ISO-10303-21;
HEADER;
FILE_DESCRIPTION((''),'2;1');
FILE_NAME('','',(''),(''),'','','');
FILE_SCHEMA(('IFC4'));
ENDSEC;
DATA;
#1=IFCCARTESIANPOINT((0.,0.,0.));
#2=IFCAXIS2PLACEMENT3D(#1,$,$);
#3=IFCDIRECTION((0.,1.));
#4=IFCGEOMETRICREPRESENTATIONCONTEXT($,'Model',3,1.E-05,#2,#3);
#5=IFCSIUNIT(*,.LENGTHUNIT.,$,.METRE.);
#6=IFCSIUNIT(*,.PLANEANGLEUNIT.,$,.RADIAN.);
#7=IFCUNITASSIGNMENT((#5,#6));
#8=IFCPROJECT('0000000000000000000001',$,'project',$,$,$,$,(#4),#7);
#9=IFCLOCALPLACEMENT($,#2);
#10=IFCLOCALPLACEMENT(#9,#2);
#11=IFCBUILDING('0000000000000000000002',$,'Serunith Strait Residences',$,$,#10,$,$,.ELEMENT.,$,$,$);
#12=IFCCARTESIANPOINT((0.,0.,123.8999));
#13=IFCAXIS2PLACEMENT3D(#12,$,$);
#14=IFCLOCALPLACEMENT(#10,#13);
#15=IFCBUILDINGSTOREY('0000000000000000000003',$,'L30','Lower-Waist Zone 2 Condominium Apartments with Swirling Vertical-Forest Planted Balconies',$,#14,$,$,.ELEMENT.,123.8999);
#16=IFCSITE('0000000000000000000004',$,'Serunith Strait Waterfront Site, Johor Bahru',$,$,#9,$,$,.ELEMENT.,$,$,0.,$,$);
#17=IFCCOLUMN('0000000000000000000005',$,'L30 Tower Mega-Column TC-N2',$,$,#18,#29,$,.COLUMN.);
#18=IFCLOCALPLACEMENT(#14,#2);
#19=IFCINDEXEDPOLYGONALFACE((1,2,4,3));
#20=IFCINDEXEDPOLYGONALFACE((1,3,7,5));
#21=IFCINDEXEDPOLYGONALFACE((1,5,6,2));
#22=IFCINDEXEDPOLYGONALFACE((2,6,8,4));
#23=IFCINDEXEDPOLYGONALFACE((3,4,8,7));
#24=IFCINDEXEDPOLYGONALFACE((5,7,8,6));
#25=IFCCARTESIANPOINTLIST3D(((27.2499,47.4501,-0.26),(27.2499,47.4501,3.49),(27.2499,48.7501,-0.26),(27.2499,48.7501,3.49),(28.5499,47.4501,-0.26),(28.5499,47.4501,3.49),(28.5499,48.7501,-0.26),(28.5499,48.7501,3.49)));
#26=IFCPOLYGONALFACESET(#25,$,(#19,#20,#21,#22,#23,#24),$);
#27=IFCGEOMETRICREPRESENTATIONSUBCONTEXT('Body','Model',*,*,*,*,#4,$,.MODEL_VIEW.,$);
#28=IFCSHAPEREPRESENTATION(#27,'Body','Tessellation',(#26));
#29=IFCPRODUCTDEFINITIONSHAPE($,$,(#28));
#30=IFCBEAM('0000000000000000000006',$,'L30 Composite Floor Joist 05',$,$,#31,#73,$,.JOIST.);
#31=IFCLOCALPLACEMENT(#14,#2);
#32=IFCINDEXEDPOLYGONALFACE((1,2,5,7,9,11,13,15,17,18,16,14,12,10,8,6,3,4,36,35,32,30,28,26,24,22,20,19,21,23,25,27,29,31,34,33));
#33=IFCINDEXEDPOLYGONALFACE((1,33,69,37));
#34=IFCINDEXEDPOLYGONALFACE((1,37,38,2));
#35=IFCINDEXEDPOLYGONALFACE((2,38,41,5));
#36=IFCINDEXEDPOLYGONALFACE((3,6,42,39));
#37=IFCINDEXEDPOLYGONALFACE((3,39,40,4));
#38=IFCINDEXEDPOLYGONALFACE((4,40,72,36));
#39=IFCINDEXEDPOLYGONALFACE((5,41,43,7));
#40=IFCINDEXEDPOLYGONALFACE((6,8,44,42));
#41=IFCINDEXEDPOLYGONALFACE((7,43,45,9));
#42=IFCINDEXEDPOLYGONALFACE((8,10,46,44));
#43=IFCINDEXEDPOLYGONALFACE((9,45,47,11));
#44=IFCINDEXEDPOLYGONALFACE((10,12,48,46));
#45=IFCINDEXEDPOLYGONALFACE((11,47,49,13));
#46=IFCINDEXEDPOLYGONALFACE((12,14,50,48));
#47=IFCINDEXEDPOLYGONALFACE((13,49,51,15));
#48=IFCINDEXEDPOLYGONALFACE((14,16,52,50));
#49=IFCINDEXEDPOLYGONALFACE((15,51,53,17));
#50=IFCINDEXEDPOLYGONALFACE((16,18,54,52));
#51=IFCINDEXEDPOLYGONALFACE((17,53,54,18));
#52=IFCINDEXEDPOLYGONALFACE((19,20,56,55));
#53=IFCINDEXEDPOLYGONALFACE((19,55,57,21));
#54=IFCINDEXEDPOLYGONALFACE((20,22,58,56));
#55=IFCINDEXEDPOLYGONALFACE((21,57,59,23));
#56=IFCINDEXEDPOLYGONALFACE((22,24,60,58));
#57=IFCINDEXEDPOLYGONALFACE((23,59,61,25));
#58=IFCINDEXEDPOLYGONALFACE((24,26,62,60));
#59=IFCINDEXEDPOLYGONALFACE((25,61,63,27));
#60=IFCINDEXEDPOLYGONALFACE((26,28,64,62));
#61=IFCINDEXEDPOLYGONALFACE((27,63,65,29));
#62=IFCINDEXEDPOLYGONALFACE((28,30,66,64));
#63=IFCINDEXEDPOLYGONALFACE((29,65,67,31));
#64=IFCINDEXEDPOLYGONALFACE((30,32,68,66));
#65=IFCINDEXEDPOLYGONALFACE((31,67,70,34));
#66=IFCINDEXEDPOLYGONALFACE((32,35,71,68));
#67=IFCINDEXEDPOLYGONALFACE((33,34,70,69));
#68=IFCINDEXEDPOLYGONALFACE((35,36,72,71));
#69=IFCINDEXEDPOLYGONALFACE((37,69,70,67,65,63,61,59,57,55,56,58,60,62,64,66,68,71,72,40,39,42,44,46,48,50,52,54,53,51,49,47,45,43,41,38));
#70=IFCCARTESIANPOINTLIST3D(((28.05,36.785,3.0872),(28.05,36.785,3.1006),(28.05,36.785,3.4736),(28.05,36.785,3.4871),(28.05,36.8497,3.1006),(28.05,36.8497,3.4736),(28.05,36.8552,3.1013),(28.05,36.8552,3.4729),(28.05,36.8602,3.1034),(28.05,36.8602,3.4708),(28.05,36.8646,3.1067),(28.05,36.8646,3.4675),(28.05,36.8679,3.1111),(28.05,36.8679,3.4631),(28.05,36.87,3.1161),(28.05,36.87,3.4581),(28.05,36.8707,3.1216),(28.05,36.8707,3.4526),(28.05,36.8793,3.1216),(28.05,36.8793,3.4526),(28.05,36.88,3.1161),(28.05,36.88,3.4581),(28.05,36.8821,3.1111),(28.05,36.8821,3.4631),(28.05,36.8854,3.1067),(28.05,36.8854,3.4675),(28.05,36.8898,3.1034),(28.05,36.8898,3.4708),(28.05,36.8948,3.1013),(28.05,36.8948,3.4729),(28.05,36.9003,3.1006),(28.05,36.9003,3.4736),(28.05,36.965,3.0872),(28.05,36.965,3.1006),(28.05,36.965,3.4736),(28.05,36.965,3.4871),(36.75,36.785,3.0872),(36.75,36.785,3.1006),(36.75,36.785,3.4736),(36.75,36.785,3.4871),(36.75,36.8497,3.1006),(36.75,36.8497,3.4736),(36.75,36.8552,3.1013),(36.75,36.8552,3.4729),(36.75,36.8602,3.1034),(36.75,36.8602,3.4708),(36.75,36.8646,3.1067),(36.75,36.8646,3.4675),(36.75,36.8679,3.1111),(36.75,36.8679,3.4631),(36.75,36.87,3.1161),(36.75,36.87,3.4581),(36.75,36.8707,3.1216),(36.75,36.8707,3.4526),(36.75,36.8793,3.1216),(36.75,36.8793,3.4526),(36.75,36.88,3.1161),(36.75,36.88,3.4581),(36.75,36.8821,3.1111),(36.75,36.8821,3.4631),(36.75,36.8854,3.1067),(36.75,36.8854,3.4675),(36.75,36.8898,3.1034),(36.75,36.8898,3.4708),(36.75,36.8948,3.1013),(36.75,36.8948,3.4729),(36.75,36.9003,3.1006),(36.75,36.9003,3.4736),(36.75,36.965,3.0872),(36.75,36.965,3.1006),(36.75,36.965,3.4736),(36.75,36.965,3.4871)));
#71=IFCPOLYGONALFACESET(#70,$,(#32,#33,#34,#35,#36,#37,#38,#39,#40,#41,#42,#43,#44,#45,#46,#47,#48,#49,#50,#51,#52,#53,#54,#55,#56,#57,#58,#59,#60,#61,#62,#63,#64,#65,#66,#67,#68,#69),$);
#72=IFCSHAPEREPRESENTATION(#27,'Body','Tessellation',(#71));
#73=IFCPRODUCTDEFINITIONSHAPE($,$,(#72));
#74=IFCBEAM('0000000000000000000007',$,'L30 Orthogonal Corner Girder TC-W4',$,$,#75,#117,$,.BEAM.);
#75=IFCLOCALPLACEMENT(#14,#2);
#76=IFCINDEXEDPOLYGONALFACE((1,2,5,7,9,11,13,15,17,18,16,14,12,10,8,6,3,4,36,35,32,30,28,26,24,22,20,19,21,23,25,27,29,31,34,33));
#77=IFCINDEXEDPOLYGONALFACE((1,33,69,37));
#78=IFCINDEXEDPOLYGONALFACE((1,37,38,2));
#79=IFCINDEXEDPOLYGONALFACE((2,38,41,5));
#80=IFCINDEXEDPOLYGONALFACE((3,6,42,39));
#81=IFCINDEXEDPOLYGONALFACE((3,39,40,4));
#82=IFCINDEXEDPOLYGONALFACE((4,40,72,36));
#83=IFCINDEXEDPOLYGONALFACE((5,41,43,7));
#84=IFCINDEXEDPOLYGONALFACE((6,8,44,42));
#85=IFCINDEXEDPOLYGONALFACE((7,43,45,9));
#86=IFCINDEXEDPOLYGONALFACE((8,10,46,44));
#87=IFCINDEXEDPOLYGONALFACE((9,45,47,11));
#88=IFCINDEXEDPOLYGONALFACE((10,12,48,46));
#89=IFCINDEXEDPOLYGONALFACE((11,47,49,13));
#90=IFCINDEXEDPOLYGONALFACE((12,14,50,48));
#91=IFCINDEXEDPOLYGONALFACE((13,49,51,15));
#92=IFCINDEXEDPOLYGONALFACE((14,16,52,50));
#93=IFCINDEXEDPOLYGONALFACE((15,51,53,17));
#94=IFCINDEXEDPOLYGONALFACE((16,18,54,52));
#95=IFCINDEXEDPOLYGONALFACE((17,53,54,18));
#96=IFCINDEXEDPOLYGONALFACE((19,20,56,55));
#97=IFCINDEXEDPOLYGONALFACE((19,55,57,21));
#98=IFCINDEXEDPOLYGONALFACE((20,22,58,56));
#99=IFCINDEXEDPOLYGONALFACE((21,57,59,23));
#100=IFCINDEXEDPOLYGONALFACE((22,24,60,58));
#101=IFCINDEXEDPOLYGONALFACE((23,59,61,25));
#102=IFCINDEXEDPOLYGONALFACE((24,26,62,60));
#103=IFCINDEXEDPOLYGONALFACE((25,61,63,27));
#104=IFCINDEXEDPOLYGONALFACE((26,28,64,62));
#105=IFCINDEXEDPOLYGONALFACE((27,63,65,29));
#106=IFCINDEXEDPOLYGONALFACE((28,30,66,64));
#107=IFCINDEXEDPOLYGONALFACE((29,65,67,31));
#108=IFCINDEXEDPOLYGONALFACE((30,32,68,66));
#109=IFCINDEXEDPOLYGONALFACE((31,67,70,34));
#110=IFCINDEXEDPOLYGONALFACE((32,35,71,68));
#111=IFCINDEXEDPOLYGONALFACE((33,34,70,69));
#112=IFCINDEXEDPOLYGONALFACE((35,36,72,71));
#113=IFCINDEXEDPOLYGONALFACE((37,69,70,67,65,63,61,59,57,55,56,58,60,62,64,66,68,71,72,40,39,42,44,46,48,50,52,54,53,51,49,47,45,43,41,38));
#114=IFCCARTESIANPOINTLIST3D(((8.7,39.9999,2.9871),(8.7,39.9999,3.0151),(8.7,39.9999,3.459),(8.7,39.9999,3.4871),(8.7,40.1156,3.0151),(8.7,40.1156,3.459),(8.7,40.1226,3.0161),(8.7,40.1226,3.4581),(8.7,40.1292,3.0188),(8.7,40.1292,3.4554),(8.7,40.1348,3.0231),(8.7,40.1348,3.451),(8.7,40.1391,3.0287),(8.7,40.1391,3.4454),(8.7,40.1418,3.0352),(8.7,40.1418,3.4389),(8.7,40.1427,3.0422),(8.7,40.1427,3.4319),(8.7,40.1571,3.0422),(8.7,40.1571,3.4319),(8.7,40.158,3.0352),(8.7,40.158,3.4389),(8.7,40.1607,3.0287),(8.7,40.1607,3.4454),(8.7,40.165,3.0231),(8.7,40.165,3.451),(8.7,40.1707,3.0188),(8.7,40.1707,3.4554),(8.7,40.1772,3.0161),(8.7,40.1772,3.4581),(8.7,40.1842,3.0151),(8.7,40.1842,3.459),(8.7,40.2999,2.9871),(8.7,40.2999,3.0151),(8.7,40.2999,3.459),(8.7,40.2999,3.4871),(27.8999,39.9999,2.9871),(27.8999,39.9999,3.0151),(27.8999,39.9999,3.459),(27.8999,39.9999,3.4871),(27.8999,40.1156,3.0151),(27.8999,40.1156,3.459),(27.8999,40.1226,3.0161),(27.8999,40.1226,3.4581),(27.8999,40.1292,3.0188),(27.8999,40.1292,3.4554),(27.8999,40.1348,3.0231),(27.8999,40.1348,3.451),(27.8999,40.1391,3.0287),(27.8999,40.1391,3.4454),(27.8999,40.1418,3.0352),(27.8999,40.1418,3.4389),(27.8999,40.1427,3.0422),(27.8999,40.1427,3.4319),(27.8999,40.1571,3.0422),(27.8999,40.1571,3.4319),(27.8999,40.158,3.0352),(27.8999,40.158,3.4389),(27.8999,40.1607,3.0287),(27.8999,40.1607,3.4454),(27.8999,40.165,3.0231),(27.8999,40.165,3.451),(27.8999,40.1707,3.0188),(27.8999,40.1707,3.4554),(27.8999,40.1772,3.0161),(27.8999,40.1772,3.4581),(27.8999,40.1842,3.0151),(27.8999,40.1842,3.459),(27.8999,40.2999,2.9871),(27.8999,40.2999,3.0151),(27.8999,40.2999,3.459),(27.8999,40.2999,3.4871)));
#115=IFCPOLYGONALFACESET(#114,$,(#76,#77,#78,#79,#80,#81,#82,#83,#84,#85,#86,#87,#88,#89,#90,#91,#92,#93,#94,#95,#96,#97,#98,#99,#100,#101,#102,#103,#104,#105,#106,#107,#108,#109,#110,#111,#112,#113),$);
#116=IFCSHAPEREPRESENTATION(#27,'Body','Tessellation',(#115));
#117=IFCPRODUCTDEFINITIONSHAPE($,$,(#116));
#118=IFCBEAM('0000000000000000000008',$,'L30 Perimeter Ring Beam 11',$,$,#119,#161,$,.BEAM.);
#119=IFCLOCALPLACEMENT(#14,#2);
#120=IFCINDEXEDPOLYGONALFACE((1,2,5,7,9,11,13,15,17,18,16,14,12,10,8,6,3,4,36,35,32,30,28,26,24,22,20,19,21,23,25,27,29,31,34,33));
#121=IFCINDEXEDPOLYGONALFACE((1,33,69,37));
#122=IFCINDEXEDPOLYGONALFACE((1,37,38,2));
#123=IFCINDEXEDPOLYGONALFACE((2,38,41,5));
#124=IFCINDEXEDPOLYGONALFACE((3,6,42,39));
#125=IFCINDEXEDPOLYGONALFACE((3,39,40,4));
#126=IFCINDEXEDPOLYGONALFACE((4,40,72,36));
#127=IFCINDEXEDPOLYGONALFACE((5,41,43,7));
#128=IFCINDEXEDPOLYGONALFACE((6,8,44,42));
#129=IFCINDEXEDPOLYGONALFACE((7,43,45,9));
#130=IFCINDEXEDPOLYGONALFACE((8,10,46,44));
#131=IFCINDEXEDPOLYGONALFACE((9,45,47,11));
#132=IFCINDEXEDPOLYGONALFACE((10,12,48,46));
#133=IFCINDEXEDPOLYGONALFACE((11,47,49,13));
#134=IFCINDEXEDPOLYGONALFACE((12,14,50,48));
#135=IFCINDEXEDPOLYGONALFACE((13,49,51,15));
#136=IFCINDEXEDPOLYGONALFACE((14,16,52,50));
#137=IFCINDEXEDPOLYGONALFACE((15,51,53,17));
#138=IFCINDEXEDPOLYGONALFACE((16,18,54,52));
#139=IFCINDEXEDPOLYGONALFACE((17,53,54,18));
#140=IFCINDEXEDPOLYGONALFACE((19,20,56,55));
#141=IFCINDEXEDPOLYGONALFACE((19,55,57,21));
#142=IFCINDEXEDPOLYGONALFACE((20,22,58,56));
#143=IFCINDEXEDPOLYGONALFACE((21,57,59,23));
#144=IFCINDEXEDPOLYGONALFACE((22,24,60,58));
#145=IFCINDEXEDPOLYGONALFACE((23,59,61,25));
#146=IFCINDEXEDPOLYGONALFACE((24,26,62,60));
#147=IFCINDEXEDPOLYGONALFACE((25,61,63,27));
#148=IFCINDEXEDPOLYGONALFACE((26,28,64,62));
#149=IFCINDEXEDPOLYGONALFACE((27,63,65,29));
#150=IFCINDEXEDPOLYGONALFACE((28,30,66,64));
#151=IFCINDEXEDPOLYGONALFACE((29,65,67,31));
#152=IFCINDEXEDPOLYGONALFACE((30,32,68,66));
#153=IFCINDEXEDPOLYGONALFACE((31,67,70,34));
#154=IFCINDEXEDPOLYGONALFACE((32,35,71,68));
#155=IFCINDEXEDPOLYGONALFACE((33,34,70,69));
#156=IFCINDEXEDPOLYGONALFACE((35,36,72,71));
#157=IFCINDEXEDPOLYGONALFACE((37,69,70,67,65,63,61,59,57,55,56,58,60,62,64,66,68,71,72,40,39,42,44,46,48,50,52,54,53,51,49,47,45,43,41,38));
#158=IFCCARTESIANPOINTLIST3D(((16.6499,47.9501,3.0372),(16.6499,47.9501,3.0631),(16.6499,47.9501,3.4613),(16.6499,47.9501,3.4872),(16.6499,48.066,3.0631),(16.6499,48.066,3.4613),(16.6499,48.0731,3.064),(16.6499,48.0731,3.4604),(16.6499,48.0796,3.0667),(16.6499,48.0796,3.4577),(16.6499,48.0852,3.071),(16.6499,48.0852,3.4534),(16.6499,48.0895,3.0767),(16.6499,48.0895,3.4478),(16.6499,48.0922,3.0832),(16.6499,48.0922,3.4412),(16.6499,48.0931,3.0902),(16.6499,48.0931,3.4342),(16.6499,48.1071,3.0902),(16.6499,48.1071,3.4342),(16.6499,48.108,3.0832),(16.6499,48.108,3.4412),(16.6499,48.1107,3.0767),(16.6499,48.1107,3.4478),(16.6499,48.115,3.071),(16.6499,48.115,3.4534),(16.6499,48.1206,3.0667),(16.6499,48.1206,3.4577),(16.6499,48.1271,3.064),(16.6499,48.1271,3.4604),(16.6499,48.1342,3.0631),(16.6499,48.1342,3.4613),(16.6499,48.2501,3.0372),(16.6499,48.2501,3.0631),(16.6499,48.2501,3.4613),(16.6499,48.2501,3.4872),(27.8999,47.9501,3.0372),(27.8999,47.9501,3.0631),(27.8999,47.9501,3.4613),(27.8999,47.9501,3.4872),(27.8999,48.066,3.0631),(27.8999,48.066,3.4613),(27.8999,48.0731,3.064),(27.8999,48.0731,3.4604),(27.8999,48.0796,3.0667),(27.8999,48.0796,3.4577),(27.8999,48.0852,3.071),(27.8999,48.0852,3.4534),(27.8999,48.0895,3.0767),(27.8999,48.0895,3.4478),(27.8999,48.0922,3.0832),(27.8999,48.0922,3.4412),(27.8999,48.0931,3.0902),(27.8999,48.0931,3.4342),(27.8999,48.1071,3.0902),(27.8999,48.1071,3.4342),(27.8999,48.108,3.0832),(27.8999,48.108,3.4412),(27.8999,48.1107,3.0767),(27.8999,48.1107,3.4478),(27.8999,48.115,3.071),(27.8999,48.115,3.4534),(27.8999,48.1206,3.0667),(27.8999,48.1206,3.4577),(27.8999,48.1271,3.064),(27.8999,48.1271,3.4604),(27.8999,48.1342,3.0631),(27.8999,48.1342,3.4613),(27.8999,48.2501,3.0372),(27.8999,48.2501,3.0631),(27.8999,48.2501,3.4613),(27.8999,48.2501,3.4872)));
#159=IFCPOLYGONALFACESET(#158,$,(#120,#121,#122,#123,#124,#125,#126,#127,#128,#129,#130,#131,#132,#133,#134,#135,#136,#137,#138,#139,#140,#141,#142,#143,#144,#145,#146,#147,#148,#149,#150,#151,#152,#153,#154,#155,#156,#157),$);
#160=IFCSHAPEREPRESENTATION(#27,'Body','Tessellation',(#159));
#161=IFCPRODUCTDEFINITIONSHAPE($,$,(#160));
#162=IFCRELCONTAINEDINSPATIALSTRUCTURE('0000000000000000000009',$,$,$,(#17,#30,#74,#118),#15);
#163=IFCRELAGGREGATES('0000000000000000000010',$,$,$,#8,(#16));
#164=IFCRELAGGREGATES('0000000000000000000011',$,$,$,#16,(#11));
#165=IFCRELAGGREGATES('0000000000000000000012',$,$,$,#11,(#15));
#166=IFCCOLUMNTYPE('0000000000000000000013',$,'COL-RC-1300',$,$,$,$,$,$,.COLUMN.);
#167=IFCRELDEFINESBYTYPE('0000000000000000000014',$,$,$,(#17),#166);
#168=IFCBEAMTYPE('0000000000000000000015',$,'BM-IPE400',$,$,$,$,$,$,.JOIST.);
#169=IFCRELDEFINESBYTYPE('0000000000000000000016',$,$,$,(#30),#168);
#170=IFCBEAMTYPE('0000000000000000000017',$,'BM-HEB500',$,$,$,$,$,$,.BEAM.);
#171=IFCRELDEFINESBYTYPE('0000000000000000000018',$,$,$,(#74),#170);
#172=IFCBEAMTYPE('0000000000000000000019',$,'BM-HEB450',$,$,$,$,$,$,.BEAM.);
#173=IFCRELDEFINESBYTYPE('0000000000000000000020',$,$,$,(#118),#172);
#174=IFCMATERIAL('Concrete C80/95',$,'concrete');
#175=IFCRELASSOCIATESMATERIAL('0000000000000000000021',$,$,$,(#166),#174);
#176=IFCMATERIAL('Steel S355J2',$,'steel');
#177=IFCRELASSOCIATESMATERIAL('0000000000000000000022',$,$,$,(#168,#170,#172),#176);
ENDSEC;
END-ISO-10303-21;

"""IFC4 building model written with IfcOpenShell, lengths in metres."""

from ifc_helpers import new_model, si_unit, direction, frame, origin, origin_2d, place, context, subcontext, project, spatial, rectangle, i_section, extrude, source, transform, mapped, material, material_profile, profile_set, type_object, element, save


model = new_model("IFC4")

# Units and contexts
model_context = context("Model", 3, precision=1e-05, world=origin(), true_north=direction((0.0, 1.0)))
body_context = subcontext(model_context, "Body", "Model", "MODEL_VIEW")
ifc_project = project(units=[si_unit("LENGTHUNIT", "METRE"), si_unit("PLANEANGLEUNIT", "RADIAN")], contexts=[model_context])

# Site, building, storey
site_placement = place(None, origin())
site = spatial("IfcSite", under=ifc_project, at=site_placement, Name="Serunith Strait Waterfront Site, Johor Bahru", CompositionType="ELEMENT", RefElevation=0.0)
building_placement = place(site_placement, origin())
building = spatial("IfcBuilding", under=site, at=building_placement, Name="Serunith Strait Residences", CompositionType="ELEMENT")
storey_placement = place(building_placement, frame((0.0, 0.0, 123.8999)))
storey = spatial("IfcBuildingStorey", under=building, at=storey_placement, Name="L30", Description="Lower-Waist Zone 2 Condominium Apartments with Swirling Vertical-Forest Planted Balconies", CompositionType="ELEMENT", Elevation=123.8999)

# Column
ifc_material_1 = material(Name="Concrete C80/95", Category="concrete")
ifc_material_profile_1 = material_profile(ifc_material_1, rectangle(XDim=1.3, YDim=1.3, at=origin_2d()), Name="RC 1300x1300")
ifc_profile_set_1 = profile_set([ifc_material_profile_1], Name="Concrete C80/95")
column_type = type_object("IfcColumnType", Name="COL-RC-1300", PredefinedType="COLUMN", material=ifc_profile_set_1)
shared_shape_1 = source(origin(), body_context, "Body", "SweptSolid", [
    extrude(rectangle(XDim=1.3, YDim=1.3, at=origin_2d()), origin(), (0.0, 0.0, 1.0), 3.75),
])
column_placement = place(storey_placement, frame((27.8999, 48.1001, -0.26), z_axis=(0.0, 0.0, 1.0), x_axis=(1.0, 0.0, 0.0)))
element("IfcColumn", 1, at=column_placement, inside=storey, type_object=column_type, Name="L30 Tower Mega-Column TC-N2", PredefinedType="COLUMN", context=body_context, shape_type="MappedRepresentation", body=[
    mapped(shared_shape_1, transform((0.0, 0.0, 0.0), scale=1.0)),
])

# Beams
ifc_material_2 = material(Name="Steel S355J2", Category="steel")
ifc_material_profile_2 = material_profile(ifc_material_2, i_section(OverallWidth=0.1799, OverallDepth=0.3999, WebThickness=0.0085, FlangeThickness=0.0134, FilletRadius=0.021, at=origin_2d()), Name="IPE 400")
ifc_profile_set_2 = profile_set([ifc_material_profile_2], Name="Steel S355J2")
beam_type_1 = type_object("IfcBeamType", Name="BM-IPE400", PredefinedType="JOIST", material=ifc_profile_set_2)
shared_shape_2 = source(origin(), body_context, "Body", "SweptSolid", [
    extrude(i_section(OverallWidth=0.1799, OverallDepth=0.3999, WebThickness=0.0085, FlangeThickness=0.0134, FilletRadius=0.021, at=origin_2d()), origin(), (0.0, 0.0, 1.0), 8.7),
])
beam_1_placement = place(storey_placement, frame((28.05, 36.875, 3.2871), z_axis=(1.0, 0.0, 0.0), x_axis=(0.0, 1.0, 0.0)))
element("IfcBeam", 2, at=beam_1_placement, inside=storey, type_object=beam_type_1, Name="L30 Composite Floor Joist 05", PredefinedType="JOIST", context=body_context, shape_type="MappedRepresentation", body=[
    mapped(shared_shape_2, transform((0.0, 0.0, 0.0), scale=1.0)),
])
ifc_material_profile_3 = material_profile(ifc_material_2, i_section(OverallWidth=0.3, OverallDepth=0.5, WebThickness=0.0144, FlangeThickness=0.0281, FilletRadius=0.0271, at=origin_2d()), Name="HEB 500")
ifc_profile_set_3 = profile_set([ifc_material_profile_3], Name="Steel S355J2")
beam_type_2 = type_object("IfcBeamType", Name="BM-HEB500", PredefinedType="BEAM", material=ifc_profile_set_3)
shared_shape_3 = source(origin(), body_context, "Body", "SweptSolid", [
    extrude(i_section(OverallWidth=0.3, OverallDepth=0.5, WebThickness=0.0144, FlangeThickness=0.0281, FilletRadius=0.0271, at=origin_2d()), origin(), (0.0, 0.0, 1.0), 19.2),
])
beam_2_placement = place(storey_placement, frame((27.8999, 40.1499, 3.2371), z_axis=(-1.0, 0.0, 0.0), x_axis=(0.0, -1.0, 0.0)))
element("IfcBeam", 3, at=beam_2_placement, inside=storey, type_object=beam_type_2, Name="L30 Orthogonal Corner Girder TC-W4", PredefinedType="BEAM", context=body_context, shape_type="MappedRepresentation", body=[
    mapped(shared_shape_3, transform((0.0, 0.0, 0.0), scale=1.0)),
])
ifc_material_profile_4 = material_profile(ifc_material_2, i_section(OverallWidth=0.3, OverallDepth=0.45, WebThickness=0.0139, FlangeThickness=0.0259, FilletRadius=0.0271, at=origin_2d()), Name="HEB 450")
ifc_profile_set_4 = profile_set([ifc_material_profile_4], Name="Steel S355J2")
beam_type_3 = type_object("IfcBeamType", Name="BM-HEB450", PredefinedType="BEAM", material=ifc_profile_set_4)
shared_shape_4 = source(origin(), body_context, "Body", "SweptSolid", [
    extrude(i_section(OverallWidth=0.3, OverallDepth=0.45, WebThickness=0.0139, FlangeThickness=0.0259, FilletRadius=0.0271, at=origin_2d()), origin(), (0.0, 0.0, 1.0), 11.25),
])
beam_3_placement = place(storey_placement, frame((27.8999, 48.1001, 3.2622), z_axis=(-1.0, 0.0, 0.0), x_axis=(0.0, -1.0, 0.0)))
element("IfcBeam", 4, at=beam_3_placement, inside=storey, type_object=beam_type_3, Name="L30 Perimeter Ring Beam 11", PredefinedType="BEAM", context=body_context, shape_type="MappedRepresentation", body=[
    mapped(shared_shape_4, transform((0.0, 0.0, 0.0), scale=1.0)),
])

save(model, "model.ifc")
